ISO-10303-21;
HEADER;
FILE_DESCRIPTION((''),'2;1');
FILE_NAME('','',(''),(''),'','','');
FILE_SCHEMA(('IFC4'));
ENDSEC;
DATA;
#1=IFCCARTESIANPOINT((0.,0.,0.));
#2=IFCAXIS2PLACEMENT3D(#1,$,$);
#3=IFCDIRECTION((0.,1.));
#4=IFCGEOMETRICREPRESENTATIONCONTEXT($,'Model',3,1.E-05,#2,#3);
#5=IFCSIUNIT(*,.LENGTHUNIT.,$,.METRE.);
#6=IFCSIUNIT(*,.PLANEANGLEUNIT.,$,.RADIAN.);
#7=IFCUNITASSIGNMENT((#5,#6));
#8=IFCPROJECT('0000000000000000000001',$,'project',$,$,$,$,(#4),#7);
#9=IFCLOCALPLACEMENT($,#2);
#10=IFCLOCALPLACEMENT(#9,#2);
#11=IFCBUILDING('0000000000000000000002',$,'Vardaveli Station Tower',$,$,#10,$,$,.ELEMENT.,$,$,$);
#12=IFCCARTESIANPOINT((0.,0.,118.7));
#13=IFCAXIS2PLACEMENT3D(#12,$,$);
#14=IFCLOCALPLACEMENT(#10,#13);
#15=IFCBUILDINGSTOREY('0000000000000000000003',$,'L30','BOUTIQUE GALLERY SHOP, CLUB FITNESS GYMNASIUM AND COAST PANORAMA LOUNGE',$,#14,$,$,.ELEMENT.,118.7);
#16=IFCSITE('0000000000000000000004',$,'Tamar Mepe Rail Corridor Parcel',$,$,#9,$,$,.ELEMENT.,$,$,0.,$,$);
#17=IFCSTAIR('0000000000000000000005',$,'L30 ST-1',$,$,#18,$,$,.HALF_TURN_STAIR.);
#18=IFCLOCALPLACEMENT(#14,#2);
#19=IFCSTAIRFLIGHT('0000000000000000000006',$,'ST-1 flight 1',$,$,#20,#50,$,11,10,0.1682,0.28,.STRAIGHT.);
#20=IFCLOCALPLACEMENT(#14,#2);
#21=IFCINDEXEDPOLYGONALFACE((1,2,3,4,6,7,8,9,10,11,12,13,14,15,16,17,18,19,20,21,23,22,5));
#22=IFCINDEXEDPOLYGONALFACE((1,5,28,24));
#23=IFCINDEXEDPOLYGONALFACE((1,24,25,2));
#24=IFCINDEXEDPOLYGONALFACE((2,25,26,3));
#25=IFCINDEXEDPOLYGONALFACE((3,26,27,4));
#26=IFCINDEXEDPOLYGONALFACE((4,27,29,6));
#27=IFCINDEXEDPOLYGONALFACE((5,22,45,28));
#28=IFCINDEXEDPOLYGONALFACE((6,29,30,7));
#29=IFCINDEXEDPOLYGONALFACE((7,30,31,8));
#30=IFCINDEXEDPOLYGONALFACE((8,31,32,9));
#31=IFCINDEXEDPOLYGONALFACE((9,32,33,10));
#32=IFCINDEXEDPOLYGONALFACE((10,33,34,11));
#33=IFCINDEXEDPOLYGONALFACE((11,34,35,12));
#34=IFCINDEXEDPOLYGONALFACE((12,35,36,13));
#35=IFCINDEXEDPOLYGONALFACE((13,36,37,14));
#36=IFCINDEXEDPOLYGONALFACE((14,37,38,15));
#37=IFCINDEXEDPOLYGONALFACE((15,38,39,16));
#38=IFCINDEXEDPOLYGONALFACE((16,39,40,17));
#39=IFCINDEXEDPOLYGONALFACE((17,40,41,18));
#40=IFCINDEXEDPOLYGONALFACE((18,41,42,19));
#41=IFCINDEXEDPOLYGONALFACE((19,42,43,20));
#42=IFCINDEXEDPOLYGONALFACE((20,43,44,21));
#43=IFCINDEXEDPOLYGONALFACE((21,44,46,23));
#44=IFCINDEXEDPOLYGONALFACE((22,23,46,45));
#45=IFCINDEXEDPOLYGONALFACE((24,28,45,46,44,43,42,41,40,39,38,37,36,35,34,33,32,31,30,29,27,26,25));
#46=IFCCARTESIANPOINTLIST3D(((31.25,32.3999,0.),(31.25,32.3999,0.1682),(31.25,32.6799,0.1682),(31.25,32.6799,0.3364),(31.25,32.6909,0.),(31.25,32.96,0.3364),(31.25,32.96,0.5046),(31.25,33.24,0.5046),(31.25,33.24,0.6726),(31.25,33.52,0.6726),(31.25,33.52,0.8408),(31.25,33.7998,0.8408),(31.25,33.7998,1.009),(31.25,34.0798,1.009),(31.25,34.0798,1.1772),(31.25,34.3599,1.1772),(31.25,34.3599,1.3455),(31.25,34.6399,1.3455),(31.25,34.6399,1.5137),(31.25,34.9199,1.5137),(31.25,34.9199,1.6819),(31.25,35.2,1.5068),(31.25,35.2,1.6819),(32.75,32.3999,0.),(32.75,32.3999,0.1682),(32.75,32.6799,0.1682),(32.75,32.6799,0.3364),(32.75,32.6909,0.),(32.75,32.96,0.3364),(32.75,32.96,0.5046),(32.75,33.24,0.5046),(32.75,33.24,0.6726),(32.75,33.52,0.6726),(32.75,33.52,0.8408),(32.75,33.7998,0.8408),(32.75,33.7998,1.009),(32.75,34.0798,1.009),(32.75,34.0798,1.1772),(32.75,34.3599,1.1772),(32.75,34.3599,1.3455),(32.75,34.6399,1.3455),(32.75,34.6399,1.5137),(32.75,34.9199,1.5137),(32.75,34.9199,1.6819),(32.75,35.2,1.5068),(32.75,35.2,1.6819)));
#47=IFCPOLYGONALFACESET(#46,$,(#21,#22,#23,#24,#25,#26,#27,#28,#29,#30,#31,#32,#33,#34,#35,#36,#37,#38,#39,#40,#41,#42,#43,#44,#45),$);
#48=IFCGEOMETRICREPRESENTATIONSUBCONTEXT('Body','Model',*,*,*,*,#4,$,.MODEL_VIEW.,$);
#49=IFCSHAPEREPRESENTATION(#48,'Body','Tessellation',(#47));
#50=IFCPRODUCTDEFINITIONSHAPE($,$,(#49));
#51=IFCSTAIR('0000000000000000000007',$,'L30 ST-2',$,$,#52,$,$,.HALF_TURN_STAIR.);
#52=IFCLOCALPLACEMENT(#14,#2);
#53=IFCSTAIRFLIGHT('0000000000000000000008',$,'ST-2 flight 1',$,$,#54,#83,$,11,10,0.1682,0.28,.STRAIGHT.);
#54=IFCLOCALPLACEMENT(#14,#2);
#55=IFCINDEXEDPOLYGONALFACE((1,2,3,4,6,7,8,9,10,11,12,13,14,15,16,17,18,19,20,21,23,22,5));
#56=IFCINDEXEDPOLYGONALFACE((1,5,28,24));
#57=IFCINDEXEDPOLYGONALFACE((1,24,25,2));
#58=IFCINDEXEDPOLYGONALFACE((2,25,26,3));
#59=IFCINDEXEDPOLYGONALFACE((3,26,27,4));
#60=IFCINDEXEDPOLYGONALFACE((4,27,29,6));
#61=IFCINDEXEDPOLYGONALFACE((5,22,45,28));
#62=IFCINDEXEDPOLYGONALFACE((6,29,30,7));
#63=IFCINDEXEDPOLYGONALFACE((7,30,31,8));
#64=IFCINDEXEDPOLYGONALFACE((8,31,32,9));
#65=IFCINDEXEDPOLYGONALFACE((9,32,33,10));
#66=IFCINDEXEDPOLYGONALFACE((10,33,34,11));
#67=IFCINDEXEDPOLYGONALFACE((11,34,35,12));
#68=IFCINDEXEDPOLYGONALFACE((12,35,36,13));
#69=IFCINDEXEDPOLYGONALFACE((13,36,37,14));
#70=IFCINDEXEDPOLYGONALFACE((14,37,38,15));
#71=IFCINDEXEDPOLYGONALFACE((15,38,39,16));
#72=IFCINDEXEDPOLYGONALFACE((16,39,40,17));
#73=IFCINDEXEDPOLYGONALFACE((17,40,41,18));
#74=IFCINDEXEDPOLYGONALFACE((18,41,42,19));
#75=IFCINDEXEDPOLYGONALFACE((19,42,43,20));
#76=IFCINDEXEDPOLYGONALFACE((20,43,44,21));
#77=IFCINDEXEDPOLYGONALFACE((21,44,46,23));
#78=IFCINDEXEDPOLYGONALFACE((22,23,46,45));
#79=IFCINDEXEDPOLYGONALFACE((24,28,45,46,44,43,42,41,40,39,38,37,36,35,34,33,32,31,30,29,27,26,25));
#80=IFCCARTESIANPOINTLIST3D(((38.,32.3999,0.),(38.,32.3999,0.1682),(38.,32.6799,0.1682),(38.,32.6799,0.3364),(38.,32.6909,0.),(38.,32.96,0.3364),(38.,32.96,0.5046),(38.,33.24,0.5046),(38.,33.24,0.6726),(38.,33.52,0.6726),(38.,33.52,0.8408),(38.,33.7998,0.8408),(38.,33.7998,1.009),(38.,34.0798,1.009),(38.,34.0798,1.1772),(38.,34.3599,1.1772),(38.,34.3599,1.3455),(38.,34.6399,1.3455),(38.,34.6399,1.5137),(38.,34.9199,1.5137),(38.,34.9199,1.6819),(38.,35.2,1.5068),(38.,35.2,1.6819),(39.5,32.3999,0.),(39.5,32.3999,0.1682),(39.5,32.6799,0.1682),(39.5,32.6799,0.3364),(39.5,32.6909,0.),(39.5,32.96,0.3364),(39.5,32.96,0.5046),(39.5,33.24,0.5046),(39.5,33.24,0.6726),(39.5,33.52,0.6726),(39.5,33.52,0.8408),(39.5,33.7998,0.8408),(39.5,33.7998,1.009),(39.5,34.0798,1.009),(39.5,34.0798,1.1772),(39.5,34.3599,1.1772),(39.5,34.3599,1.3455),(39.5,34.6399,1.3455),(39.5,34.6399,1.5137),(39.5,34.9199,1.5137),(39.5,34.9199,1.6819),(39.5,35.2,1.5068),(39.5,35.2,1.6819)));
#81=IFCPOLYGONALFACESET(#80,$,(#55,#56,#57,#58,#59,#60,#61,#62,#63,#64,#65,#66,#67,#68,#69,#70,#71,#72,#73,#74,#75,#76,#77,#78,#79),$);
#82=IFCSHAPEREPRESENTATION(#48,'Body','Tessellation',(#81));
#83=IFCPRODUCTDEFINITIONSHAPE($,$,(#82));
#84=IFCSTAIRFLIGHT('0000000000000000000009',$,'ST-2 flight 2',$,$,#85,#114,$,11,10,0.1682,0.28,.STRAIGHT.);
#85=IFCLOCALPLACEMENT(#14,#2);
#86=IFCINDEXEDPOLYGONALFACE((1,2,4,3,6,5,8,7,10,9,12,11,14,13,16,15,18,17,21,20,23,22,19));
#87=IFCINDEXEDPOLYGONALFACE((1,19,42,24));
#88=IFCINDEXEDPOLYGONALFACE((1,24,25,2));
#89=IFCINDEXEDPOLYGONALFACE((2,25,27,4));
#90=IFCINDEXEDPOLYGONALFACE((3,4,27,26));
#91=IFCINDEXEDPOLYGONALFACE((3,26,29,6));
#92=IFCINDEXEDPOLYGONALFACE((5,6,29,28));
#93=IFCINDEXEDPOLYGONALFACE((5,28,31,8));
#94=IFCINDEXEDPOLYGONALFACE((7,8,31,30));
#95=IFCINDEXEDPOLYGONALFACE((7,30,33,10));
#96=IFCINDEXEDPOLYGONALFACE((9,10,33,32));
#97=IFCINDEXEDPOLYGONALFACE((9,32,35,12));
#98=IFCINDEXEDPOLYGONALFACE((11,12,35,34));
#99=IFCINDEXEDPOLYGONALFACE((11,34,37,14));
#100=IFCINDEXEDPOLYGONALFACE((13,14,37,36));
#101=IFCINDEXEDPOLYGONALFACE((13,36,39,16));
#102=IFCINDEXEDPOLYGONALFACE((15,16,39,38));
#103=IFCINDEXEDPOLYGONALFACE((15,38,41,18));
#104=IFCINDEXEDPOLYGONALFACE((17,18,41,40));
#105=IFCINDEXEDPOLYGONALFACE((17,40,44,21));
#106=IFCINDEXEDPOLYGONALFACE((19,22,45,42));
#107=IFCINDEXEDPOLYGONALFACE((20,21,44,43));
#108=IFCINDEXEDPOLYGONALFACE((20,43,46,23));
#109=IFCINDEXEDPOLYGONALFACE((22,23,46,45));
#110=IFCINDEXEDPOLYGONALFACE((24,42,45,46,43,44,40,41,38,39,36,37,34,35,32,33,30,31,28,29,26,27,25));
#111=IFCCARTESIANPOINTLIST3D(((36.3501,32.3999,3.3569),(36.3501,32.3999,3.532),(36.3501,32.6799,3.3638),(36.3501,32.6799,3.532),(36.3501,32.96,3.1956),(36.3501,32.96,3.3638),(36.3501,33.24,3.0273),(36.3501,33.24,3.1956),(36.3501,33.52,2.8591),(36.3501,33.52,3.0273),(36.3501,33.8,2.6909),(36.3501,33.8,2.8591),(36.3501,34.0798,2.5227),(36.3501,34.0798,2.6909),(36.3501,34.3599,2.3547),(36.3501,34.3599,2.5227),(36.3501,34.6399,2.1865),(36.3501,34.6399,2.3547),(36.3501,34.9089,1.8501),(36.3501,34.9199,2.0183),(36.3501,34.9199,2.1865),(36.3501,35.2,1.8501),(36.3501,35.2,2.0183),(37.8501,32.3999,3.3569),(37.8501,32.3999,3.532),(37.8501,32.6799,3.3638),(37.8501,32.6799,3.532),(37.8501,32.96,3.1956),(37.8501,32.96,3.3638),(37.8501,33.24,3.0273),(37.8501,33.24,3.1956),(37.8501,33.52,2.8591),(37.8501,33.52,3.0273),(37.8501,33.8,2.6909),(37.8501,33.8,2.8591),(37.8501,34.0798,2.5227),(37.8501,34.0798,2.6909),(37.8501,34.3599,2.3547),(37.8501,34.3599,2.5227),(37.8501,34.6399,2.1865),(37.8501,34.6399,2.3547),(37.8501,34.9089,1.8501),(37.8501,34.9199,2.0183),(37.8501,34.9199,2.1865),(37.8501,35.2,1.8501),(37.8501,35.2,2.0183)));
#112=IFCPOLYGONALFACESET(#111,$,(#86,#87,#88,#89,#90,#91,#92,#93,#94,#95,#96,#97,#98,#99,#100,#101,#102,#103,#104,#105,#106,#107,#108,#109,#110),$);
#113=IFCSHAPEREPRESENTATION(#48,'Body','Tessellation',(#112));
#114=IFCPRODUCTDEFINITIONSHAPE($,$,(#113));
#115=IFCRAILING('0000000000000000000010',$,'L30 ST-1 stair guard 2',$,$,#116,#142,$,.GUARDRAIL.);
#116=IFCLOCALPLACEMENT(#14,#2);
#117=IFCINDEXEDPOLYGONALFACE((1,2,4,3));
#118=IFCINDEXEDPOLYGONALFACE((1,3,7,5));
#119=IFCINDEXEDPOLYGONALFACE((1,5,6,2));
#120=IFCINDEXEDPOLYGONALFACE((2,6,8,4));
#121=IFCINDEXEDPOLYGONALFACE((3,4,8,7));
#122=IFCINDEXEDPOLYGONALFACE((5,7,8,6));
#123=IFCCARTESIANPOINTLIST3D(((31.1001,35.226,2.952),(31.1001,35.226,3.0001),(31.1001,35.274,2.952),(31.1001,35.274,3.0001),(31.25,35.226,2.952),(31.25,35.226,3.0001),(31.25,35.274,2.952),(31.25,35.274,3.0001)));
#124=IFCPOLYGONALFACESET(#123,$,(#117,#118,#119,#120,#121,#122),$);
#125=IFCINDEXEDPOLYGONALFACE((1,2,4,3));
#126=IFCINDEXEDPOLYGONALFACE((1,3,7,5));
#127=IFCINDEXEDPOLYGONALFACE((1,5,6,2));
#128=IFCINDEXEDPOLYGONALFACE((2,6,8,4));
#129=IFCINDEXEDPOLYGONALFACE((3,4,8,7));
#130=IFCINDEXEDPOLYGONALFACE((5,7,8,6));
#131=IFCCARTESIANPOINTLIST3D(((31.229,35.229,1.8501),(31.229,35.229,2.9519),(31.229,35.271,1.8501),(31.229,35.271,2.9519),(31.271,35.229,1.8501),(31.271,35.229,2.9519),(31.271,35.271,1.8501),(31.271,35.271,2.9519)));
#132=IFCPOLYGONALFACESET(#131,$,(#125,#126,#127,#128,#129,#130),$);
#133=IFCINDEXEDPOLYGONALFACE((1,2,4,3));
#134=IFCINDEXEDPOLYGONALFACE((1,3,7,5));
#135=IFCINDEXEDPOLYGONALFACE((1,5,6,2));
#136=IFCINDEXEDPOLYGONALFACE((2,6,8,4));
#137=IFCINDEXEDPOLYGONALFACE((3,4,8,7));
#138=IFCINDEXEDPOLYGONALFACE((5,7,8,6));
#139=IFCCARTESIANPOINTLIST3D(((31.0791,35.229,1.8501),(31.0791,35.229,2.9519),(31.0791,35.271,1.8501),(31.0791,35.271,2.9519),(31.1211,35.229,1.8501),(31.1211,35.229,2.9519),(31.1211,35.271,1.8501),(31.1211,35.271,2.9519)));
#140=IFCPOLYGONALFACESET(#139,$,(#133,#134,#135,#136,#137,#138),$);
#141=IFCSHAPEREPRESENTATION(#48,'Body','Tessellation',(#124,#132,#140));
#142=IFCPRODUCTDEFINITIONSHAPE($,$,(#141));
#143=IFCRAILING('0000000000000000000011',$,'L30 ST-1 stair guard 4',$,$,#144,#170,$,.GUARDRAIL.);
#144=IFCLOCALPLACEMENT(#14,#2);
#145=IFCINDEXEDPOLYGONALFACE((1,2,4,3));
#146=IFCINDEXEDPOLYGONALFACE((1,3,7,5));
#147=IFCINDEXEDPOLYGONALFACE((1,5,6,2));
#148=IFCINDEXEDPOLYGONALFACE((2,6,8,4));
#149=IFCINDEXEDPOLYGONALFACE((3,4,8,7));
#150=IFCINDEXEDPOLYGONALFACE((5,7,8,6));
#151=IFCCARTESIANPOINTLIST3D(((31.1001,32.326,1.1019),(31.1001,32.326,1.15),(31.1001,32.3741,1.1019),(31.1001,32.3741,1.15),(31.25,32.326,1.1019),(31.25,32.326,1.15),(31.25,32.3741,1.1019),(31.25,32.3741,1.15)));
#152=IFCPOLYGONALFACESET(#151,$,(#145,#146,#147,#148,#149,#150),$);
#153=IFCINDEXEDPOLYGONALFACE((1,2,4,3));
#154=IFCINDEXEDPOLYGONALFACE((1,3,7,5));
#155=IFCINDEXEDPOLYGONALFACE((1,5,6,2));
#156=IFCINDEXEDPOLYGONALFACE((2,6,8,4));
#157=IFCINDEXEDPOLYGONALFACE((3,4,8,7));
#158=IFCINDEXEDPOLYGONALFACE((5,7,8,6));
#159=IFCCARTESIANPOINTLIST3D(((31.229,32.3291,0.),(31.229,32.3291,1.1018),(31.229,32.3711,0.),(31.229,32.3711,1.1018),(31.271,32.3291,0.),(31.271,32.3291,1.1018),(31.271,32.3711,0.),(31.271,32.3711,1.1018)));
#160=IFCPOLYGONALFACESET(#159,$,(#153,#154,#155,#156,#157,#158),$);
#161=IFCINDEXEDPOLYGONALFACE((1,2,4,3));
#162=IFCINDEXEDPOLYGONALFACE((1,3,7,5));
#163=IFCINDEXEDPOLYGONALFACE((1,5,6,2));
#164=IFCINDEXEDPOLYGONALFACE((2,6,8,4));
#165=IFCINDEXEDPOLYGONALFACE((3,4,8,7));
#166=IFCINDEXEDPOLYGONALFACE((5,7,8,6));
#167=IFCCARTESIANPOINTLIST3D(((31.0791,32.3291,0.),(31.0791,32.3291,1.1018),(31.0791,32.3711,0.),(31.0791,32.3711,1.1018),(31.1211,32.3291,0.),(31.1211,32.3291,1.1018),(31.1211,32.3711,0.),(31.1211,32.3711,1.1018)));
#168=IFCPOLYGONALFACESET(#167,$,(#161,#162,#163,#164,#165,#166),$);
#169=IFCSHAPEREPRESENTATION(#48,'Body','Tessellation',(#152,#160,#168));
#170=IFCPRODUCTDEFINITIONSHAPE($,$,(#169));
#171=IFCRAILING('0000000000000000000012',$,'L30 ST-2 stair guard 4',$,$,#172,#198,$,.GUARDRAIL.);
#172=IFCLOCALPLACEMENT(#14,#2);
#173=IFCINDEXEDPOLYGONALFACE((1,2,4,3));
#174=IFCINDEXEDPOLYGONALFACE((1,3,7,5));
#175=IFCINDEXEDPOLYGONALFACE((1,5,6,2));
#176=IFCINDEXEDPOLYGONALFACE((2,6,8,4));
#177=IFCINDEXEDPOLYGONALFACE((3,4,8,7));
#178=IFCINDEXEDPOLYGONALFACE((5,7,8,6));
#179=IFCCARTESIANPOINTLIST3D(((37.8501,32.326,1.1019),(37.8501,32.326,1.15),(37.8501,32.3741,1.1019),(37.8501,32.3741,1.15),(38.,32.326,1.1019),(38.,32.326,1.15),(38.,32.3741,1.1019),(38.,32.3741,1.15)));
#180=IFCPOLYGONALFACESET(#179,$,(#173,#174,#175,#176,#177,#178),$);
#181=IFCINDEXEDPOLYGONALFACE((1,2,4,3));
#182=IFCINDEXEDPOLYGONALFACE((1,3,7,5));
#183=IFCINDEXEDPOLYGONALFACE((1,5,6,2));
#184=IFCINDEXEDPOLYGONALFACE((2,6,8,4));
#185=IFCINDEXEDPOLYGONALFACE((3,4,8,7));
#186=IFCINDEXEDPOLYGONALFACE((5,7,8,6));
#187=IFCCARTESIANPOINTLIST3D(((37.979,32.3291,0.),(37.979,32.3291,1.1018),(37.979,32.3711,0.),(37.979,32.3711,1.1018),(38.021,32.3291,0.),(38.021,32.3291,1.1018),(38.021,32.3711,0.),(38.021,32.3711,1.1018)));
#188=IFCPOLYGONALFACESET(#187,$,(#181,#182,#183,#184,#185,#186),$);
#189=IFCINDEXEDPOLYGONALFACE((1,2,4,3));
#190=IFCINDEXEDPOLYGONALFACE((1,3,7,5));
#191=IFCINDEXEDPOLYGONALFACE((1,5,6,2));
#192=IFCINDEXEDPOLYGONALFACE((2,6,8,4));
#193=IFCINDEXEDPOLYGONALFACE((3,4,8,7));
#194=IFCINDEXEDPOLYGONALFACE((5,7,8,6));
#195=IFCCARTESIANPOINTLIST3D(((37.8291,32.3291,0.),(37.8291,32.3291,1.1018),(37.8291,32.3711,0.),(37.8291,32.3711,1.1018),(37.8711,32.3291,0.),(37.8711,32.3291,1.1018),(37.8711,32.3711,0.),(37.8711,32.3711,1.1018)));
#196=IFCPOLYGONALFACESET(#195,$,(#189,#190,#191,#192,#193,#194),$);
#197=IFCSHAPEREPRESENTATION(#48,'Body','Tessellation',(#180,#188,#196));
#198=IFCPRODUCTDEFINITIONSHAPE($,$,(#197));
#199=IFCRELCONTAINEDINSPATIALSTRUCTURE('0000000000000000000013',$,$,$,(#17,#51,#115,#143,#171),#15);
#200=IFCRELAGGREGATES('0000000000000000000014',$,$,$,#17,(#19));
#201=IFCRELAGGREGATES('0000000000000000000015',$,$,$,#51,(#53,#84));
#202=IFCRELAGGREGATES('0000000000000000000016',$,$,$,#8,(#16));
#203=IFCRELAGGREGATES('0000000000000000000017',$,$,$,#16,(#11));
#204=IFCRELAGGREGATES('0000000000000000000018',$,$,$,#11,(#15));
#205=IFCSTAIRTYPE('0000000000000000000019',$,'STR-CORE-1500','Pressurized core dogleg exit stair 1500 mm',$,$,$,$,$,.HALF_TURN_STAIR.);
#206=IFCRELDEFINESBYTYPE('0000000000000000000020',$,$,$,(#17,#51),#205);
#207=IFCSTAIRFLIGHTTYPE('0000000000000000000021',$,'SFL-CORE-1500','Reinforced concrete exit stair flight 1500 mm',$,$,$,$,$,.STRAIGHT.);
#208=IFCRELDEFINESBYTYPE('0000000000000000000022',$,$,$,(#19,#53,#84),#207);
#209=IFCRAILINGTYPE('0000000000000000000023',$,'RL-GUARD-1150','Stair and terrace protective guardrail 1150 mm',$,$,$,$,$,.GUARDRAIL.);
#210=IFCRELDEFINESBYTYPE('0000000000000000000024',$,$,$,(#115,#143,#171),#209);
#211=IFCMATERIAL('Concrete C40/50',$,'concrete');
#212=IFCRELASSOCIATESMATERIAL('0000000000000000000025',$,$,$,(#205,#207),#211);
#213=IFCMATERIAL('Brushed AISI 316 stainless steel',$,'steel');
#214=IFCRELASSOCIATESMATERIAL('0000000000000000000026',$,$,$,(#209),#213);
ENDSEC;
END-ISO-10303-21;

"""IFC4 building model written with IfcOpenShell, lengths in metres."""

from ifc_helpers import new_model, si_unit, direction, frame, origin, origin_2d, place, context, subcontext, project, spatial, polyline, rectangle, outline, extrude, source, transform, mapped, material, type_object, element, aggregate, save


model = new_model("IFC4")

# Units and contexts
model_context = context("Model", 3, precision=1e-05, world=origin(), true_north=direction((0.0, 1.0)))
body_context = subcontext(model_context, "Body", "Model", "MODEL_VIEW")
ifc_project = project(units=[si_unit("LENGTHUNIT", "METRE"), si_unit("PLANEANGLEUNIT", "RADIAN")], contexts=[model_context])

# Site, building, storey
site_placement = place(None, origin())
site = spatial("IfcSite", under=ifc_project, at=site_placement, Name="Tamar Mepe Rail Corridor Parcel", CompositionType="ELEMENT", RefElevation=0.0)
building_placement = place(site_placement, origin())
building = spatial("IfcBuilding", under=site, at=building_placement, Name="Vardaveli Station Tower", CompositionType="ELEMENT")
storey_placement = place(building_placement, frame((0.0, 0.0, 118.7)))
storey = spatial("IfcBuildingStorey", under=building, at=storey_placement, Name="L30", Description="BOUTIQUE GALLERY SHOP, CLUB FITNESS GYMNASIUM AND COAST PANORAMA LOUNGE", CompositionType="ELEMENT", Elevation=118.7)

# Shared definitions
ifc_material_1 = material(Name="Concrete C40/50", Category="concrete")

# Stair, stair flight
stair_type = type_object("IfcStairType", Name="STR-CORE-1500", Description="Pressurized core dogleg exit stair 1500 mm", PredefinedType="HALF_TURN_STAIR", material=ifc_material_1)
stair_1_placement = place(storey_placement, origin())
stair_1 = element("IfcStair", 1, at=stair_1_placement, inside=storey, type_object=stair_type, Name="L30 ST-1", PredefinedType="HALF_TURN_STAIR")
stair_flight_type = type_object("IfcStairFlightType", Name="SFL-CORE-1500", Description="Reinforced concrete exit stair flight 1500 mm", PredefinedType="STRAIGHT", material=ifc_material_1)
shared_shape_1 = source(origin(), body_context, "Body", "SweptSolid", [
    extrude(outline(polyline([(0.0, 0.0), (0.0, 0.1682), (0.28, 0.1682), (0.28, 0.3364), (0.5601, 0.3364), (0.5601, 0.5046), (0.8401, 0.5046), (0.8401, 0.6726), (1.1201, 0.6726), (1.1201, 0.8408), (1.3999, 0.8408), (1.3999, 1.009), (1.6799, 1.009), (1.6799, 1.1772), (1.96, 1.1772), (1.96, 1.3455), (2.24, 1.3455), (2.24, 1.5137), (2.52, 1.5137), (2.52, 1.6819), (2.8, 1.6819), (2.8, 1.8501), (2.8, 1.5068), (0.291, 0.0), (0.0, 0.0)])), frame((0.0, 0.75, 0.0), z_axis=(0.0, -1.0, 0.0), x_axis=(1.0, 0.0, 0.0)), (0.0, 0.0, 1.0), 1.5),
])
stair_flight_1_placement = place(storey_placement, frame((32.0, 32.3999, 0.0), z_axis=(0.0, 0.0, 1.0), x_axis=(0.0, 1.0, 0.0)))
stair_flight_1 = element("IfcStairFlight", 2, at=stair_flight_1_placement, type_object=stair_flight_type, Name="ST-1 flight 1", NumberOfRisers=11, NumberOfTreads=10, PredefinedType="STRAIGHT", RiserHeight=0.1682, TreadLength=0.28, context=body_context, shape_type="MappedRepresentation", body=[
    mapped(shared_shape_1, transform((0.0, 0.0, 0.0), scale=1.0)),
])
aggregate(stair_1, [stair_flight_1])

# Stair, stair flights
stair_2_placement = place(storey_placement, origin())
stair_2 = element("IfcStair", 3, at=stair_2_placement, inside=storey, type_object=stair_type, Name="L30 ST-2", PredefinedType="HALF_TURN_STAIR")
stair_flight_2_placement = place(storey_placement, frame((38.75, 32.3999, 0.0), z_axis=(0.0, 0.0, 1.0), x_axis=(0.0, 1.0, 0.0)))
stair_flight_2 = element("IfcStairFlight", 4, at=stair_flight_2_placement, type_object=stair_flight_type, Name="ST-2 flight 1", NumberOfRisers=11, NumberOfTreads=10, PredefinedType="STRAIGHT", RiserHeight=0.1682, TreadLength=0.28, context=body_context, shape_type="MappedRepresentation", body=[
    mapped(shared_shape_1, transform((0.0, 0.0, 0.0), scale=1.0)),
])
stair_flight_3_placement = place(storey_placement, frame((37.1001, 35.2, 1.8501), z_axis=(0.0, 0.0, 1.0), x_axis=(0.0, -1.0, 0.0)))
stair_flight_3 = element("IfcStairFlight", 5, at=stair_flight_3_placement, type_object=stair_flight_type, Name="ST-2 flight 2", NumberOfRisers=11, NumberOfTreads=10, PredefinedType="STRAIGHT", RiserHeight=0.1682, TreadLength=0.28, context=body_context, shape_type="MappedRepresentation", body=[
    mapped(shared_shape_1, transform((0.0, 0.0, 0.0), scale=1.0)),
])
aggregate(stair_2, [stair_flight_2, stair_flight_3])

# Railings
ifc_material_2 = material(Name="Brushed AISI 316 stainless steel", Category="steel")
railing_type_1 = type_object("IfcRailingType", Name="RL-GUARD-1150", Description="Stair and terrace protective guardrail 1150 mm", PredefinedType="GUARDRAIL", material=ifc_material_2)
shared_shape_2 = source(origin(), body_context, "Body", "SweptSolid", [
    extrude(rectangle(XDim=0.0481, YDim=0.0481, at=origin_2d()), frame((0.0, 0.0, 1.126), z_axis=(-1.0, 0.0, 0.0), x_axis=(0.0, -1.0, 0.0)), (0.0, 0.0, 1.0), 0.1499),
    extrude(rectangle(XDim=0.042, YDim=0.042, at=origin_2d()), origin(), (0.0, 0.0, 1.0), 1.1018),
    extrude(rectangle(XDim=0.042, YDim=0.042, at=origin_2d()), frame((-0.1499, 0.0, 0.0)), (0.0, 0.0, 1.0), 1.1018),
])
for number, where, name in (
    (6, (31.25, 35.25, 1.8501), "L30 ST-1 stair guard 2"),
    (7, (31.25, 32.3501, 0.0), "L30 ST-1 stair guard 4"),
    (8, (38.0, 32.3501, 0.0), "L30 ST-2 stair guard 4"),
):
    element("IfcRailing", number, at=place(storey_placement, frame(where)), inside=storey, type_object=railing_type_1, Name=name, PredefinedType="GUARDRAIL", context=body_context, shape_type="MappedRepresentation", body=[
        mapped(shared_shape_2, transform((0.0, 0.0, 0.0), scale=1.0)),
    ])

save(model, "model.ifc")
